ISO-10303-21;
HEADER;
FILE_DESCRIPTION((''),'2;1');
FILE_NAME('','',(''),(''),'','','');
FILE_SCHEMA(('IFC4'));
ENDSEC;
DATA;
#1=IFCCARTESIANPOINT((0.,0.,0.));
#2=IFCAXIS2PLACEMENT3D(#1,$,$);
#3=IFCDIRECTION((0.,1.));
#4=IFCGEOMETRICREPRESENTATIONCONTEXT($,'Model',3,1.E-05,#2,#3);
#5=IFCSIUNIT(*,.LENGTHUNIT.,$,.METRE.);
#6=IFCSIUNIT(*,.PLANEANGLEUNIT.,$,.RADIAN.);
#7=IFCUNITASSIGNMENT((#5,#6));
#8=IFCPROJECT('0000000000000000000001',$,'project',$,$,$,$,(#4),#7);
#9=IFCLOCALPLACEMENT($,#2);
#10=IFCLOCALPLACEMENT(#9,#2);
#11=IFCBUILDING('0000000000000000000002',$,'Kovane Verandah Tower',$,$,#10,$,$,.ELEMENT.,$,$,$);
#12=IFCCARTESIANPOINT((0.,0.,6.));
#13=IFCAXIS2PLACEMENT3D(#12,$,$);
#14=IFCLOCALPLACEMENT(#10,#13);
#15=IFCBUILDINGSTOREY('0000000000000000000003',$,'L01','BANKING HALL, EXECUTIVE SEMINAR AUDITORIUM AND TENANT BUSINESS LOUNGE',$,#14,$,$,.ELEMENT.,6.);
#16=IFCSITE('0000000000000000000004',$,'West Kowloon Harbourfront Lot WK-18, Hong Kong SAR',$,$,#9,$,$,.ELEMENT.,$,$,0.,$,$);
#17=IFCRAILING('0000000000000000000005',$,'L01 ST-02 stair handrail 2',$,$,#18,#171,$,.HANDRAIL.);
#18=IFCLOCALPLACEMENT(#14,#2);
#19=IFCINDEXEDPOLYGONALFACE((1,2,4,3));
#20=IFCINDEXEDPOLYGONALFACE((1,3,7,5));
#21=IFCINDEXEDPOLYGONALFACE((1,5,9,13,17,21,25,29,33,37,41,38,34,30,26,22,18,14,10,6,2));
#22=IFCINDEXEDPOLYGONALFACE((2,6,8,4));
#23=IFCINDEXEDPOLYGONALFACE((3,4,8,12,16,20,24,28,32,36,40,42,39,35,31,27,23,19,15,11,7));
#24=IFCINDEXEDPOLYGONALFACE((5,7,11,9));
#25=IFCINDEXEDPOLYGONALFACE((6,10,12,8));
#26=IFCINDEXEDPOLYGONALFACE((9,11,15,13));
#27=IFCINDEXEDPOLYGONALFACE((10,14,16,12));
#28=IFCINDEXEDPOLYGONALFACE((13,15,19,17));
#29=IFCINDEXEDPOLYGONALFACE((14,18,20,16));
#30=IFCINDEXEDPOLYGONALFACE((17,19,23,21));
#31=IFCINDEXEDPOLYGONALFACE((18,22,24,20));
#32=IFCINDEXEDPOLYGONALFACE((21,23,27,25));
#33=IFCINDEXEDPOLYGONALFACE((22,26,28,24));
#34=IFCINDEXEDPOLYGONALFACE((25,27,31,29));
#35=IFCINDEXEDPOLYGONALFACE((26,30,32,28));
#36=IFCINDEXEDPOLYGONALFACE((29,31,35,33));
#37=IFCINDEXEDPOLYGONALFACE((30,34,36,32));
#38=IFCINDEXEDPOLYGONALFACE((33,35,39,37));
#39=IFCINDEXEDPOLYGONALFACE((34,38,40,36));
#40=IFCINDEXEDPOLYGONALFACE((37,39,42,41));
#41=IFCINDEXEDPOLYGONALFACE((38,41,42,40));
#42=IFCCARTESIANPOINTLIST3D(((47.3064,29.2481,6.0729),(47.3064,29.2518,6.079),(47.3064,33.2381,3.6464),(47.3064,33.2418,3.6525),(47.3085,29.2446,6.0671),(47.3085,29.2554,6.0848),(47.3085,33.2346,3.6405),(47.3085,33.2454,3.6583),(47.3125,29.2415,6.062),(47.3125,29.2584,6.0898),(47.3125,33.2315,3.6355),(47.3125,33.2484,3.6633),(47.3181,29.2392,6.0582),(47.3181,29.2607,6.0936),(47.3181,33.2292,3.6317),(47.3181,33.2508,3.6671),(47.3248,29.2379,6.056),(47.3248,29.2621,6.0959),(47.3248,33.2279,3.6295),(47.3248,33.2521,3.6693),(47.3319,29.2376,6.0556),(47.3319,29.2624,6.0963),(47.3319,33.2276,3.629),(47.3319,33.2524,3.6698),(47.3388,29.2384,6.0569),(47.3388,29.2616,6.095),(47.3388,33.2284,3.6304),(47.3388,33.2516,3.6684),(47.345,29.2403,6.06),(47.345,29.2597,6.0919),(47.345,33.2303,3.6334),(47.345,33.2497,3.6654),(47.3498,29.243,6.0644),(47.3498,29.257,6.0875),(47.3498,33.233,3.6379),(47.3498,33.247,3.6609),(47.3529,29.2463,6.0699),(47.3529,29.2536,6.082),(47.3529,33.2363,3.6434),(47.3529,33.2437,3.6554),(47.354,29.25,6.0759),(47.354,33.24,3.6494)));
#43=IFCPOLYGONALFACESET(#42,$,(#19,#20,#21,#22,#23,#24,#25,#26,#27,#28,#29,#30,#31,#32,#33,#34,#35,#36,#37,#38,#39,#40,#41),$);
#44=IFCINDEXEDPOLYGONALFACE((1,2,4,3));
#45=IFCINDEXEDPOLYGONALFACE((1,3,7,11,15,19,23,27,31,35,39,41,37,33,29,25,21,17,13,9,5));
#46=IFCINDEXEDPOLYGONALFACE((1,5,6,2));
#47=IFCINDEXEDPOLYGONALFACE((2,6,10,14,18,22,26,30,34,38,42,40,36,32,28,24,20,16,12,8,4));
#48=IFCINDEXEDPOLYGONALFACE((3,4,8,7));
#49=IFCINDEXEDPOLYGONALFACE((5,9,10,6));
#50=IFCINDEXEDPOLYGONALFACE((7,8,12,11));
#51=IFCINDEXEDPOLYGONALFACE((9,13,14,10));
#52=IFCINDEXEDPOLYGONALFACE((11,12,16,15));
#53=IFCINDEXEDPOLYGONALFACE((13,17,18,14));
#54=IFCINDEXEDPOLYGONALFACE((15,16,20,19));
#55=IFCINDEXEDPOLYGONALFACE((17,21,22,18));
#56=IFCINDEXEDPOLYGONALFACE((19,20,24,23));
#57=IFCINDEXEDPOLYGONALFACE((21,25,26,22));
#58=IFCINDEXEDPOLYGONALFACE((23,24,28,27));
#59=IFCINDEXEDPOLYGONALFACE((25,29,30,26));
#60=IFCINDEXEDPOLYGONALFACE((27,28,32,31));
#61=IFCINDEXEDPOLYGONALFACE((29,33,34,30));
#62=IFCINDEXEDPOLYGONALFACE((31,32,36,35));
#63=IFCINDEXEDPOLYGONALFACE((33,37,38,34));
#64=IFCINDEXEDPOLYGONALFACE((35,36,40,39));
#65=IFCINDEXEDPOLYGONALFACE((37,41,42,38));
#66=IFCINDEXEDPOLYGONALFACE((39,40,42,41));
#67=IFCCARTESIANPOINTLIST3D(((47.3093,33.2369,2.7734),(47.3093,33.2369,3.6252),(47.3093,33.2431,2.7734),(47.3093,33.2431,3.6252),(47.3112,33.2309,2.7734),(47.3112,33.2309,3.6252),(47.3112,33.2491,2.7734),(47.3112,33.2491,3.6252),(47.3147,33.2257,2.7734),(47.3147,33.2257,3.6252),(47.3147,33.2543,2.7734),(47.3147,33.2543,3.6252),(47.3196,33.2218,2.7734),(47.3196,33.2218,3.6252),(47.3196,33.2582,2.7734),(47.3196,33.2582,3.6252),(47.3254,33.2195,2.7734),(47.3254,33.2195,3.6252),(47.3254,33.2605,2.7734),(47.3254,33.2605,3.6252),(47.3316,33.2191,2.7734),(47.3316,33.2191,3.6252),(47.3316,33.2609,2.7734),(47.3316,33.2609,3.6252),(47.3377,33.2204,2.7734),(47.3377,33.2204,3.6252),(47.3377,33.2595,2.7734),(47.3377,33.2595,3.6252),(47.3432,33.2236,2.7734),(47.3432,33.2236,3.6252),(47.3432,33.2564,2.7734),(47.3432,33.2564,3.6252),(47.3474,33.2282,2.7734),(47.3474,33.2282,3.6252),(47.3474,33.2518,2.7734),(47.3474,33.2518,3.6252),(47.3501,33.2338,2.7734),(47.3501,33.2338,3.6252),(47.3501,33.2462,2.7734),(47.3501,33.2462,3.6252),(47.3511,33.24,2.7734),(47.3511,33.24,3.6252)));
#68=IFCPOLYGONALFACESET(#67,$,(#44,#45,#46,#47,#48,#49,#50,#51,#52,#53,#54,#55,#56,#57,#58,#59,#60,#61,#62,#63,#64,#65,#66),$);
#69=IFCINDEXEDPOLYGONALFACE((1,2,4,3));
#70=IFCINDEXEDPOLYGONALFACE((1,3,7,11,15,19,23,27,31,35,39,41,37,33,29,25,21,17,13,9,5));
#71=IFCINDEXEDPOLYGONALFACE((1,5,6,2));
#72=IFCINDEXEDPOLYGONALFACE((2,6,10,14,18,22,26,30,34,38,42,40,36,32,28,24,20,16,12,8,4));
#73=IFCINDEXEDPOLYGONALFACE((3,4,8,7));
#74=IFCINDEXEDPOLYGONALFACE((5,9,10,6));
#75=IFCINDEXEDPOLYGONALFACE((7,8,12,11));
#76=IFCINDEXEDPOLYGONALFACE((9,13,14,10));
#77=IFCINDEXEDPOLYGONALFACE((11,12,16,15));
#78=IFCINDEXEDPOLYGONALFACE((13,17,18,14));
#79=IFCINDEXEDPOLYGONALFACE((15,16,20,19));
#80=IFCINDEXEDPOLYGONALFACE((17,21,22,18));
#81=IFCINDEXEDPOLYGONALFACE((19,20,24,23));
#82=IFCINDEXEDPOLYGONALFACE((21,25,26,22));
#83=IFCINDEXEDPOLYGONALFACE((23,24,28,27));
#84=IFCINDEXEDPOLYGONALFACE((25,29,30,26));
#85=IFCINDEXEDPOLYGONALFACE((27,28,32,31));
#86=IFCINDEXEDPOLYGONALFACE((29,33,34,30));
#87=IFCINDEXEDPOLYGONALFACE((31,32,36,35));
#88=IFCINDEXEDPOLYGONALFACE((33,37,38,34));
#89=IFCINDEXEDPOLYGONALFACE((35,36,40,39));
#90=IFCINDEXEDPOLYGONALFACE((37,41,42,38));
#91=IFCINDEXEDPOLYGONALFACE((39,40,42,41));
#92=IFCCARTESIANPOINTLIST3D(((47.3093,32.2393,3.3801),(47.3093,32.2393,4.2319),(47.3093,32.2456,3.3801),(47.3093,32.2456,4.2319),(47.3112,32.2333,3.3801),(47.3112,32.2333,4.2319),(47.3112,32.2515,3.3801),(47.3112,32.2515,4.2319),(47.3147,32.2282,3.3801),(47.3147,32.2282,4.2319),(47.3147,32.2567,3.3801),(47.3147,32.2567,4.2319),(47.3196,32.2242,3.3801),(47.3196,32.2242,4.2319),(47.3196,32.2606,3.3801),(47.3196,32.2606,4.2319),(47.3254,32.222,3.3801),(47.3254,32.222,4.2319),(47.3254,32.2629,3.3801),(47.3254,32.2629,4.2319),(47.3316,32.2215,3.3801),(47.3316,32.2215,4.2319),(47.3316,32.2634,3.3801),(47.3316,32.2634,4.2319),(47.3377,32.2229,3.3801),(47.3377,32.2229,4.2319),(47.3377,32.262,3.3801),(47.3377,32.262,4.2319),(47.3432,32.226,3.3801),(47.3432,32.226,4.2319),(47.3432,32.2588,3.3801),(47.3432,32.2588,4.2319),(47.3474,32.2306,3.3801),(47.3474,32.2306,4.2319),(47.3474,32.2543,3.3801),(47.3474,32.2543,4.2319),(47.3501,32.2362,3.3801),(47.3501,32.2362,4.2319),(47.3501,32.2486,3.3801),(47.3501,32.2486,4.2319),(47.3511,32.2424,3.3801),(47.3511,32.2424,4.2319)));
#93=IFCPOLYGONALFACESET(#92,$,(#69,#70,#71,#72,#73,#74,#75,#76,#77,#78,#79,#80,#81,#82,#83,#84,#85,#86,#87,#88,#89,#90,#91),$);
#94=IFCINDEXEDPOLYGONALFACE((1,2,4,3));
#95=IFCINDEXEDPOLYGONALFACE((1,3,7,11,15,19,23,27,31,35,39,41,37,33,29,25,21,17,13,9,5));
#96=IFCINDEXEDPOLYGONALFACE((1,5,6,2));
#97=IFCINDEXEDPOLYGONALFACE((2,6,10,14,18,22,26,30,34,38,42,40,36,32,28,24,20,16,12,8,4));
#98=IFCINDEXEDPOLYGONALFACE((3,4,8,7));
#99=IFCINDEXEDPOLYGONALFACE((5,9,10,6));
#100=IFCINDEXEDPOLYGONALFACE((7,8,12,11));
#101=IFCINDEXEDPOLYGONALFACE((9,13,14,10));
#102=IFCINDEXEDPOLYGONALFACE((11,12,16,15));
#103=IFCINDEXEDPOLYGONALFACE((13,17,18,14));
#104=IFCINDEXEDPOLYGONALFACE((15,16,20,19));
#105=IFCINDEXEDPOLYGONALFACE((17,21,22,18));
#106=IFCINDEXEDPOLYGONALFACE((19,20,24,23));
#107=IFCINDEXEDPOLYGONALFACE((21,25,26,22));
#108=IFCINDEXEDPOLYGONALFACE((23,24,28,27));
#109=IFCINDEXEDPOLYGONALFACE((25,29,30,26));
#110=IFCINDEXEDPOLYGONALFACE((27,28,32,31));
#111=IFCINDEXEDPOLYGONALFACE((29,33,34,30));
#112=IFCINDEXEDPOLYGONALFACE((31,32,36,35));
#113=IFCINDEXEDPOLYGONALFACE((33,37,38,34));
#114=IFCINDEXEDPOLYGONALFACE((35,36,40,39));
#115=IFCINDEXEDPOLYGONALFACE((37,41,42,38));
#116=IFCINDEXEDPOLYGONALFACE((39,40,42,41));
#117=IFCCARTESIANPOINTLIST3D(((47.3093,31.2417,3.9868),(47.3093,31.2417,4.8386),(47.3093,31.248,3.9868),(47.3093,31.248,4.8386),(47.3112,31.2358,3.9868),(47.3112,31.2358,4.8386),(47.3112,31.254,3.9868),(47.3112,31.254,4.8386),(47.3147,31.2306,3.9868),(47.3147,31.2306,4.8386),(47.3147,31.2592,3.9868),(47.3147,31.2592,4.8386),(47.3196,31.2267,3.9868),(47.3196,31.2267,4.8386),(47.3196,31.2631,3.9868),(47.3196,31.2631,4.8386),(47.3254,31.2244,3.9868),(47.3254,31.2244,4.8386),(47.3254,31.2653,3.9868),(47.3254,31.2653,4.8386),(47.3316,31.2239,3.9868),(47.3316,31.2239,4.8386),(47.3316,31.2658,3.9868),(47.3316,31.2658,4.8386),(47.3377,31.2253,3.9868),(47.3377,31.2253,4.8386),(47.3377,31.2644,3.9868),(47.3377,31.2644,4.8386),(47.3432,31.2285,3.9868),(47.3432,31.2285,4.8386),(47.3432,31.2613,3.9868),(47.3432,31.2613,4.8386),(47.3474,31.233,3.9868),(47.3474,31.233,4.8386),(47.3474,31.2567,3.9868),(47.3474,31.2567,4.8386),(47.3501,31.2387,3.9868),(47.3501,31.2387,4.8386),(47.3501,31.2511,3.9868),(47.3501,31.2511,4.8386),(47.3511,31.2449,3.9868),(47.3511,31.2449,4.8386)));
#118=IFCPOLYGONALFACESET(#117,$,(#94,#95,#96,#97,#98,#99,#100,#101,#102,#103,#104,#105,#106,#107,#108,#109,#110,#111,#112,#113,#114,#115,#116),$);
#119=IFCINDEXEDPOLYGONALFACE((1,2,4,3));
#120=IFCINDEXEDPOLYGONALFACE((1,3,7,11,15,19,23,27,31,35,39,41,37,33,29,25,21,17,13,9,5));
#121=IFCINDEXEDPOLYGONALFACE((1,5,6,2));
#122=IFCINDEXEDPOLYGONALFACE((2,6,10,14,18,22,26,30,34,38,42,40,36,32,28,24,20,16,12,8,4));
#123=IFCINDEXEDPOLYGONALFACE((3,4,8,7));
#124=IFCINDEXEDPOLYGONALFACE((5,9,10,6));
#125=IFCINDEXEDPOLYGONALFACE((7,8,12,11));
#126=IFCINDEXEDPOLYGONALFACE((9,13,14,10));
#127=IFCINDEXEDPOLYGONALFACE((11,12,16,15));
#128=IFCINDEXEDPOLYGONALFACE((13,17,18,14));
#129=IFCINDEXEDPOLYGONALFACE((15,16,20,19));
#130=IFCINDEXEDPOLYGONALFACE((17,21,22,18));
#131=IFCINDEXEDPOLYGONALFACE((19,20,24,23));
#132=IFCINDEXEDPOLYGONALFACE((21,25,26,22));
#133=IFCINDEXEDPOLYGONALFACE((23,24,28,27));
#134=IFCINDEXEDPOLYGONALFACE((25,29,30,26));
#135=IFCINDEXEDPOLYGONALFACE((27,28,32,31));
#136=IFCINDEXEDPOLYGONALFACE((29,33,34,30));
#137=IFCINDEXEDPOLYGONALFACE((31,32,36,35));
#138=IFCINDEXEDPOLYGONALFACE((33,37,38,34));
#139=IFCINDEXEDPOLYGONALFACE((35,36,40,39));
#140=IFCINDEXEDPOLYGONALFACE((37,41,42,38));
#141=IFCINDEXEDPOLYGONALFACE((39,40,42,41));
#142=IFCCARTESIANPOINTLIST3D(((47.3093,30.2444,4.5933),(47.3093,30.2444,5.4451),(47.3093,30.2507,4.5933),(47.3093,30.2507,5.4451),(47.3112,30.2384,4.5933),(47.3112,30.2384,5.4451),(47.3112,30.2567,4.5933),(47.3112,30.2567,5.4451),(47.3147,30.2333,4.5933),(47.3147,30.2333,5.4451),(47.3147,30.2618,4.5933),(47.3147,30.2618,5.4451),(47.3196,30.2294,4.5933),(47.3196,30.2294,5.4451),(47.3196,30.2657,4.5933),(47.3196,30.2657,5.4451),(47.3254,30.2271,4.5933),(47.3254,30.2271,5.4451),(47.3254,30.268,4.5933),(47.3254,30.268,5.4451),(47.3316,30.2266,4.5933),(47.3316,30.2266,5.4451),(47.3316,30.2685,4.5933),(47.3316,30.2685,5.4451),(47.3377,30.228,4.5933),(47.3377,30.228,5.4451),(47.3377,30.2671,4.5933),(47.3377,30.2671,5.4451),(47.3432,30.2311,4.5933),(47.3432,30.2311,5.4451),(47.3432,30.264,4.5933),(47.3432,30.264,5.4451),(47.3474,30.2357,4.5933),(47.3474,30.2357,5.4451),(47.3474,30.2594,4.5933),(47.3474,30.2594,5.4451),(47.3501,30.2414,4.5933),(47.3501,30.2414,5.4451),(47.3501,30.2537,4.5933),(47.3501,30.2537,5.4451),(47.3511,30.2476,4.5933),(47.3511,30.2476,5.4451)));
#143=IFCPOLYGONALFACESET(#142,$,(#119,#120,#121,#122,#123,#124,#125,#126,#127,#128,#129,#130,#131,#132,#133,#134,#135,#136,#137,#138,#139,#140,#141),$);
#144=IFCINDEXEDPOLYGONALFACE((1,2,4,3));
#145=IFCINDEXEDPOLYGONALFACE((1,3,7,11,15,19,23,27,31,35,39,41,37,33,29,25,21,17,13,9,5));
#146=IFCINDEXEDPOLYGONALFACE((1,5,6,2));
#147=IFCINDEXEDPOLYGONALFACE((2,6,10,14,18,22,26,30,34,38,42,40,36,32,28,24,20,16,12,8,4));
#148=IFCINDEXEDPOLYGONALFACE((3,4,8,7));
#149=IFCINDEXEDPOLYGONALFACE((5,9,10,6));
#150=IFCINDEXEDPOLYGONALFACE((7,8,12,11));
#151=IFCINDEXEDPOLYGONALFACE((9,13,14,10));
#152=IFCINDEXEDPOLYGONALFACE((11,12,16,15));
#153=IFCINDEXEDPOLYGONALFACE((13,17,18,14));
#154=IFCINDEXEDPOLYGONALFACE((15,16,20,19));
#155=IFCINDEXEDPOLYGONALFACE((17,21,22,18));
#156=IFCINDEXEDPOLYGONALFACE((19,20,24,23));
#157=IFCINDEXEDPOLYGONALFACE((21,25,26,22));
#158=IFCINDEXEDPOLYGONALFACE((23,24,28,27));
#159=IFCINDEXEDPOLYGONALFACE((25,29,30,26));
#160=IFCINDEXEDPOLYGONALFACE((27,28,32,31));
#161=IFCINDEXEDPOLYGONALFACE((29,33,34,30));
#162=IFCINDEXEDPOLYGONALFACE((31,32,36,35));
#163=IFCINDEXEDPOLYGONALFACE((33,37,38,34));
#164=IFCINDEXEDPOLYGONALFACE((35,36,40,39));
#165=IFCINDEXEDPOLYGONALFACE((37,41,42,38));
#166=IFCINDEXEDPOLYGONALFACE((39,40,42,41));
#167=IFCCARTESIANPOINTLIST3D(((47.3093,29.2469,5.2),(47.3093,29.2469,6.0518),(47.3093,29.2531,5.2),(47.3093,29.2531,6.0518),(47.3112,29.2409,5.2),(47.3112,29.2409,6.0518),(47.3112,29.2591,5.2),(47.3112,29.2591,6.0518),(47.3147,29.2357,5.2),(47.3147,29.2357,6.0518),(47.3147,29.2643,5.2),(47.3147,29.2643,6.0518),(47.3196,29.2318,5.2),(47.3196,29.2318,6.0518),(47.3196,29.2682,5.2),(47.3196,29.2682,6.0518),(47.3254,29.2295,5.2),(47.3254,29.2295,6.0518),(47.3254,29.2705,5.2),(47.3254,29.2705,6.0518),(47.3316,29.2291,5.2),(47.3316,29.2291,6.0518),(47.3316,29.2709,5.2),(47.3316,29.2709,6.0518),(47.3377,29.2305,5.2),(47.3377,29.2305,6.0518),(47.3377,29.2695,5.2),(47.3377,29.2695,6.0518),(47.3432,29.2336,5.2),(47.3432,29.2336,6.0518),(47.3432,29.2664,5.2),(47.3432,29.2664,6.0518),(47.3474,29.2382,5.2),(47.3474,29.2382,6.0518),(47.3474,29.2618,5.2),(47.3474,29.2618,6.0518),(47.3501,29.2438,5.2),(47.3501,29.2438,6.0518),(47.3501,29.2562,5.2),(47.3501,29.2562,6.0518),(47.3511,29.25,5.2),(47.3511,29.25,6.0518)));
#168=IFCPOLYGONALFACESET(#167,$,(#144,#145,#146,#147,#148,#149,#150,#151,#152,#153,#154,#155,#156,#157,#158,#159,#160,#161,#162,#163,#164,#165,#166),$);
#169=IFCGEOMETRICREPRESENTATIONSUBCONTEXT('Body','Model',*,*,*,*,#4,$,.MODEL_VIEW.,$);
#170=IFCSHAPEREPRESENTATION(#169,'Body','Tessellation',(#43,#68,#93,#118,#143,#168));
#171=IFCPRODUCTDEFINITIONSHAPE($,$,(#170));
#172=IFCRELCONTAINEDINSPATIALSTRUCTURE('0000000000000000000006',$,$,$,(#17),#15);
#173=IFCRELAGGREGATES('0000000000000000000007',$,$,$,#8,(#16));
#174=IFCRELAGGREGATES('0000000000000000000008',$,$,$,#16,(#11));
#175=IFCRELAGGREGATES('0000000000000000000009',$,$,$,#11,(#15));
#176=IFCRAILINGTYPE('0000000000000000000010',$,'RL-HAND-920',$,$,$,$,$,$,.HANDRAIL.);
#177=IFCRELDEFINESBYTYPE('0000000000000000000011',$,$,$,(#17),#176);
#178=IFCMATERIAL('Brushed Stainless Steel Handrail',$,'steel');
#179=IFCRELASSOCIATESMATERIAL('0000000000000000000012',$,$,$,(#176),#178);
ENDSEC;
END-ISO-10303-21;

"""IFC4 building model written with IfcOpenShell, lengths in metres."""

from ifc_helpers import new_model, si_unit, direction, frame, origin, origin_2d, place, context, subcontext, project, spatial, circle, extrude, material, type_object, element, save


model = new_model("IFC4")

# Units and contexts
model_context = context("Model", 3, precision=1e-05, world=origin(), true_north=direction((0.0, 1.0)))
body_context = subcontext(model_context, "Body", "Model", "MODEL_VIEW")
ifc_project = project(units=[si_unit("LENGTHUNIT", "METRE"), si_unit("PLANEANGLEUNIT", "RADIAN")], contexts=[model_context])

# Site, building, storey
site_placement = place(None, origin())
site = spatial("IfcSite", under=ifc_project, at=site_placement, Name="West Kowloon Harbourfront Lot WK-18, Hong Kong SAR", CompositionType="ELEMENT", RefElevation=0.0)
building_placement = place(site_placement, origin())
building = spatial("IfcBuilding", under=site, at=building_placement, Name="Kovane Verandah Tower", CompositionType="ELEMENT")
storey_placement = place(building_placement, frame((0.0, 0.0, 6.0)))
storey = spatial("IfcBuildingStorey", under=building, at=storey_placement, Name="L01", Description="BANKING HALL, EXECUTIVE SEMINAR AUDITORIUM AND TENANT BUSINESS LOUNGE", CompositionType="ELEMENT", Elevation=6.0)

# Railing
ifc_material_1 = material(Name="Brushed Stainless Steel Handrail", Category="steel")
railing_type_1 = type_object("IfcRailingType", Name="RL-HAND-920", PredefinedType="HANDRAIL", material=ifc_material_1)
railing_1_placement = place(storey_placement, frame((47.3301, 33.24, 2.7734)))
element("IfcRailing", 1, at=railing_1_placement, inside=storey, type_object=railing_type_1, Name="L01 ST-02 stair handrail 2", PredefinedType="HANDRAIL", context=body_context, shape_type="SweptSolid", body=[
    extrude(circle(Radius=0.0239, at=origin_2d()), frame((0.0, 0.0, 0.876), z_axis=(0.0, -0.854405, 0.519607), x_axis=(1.0, 0.0, 0.0)), (0.0, 0.0, 1.0), 4.6699),
    extrude(circle(Radius=0.021, at=origin_2d()), origin(), (0.0, 0.0, 1.0), 0.8518),
    extrude(circle(Radius=0.021, at=origin_2d()), frame((0.0, -0.9976, 0.6067)), (0.0, 0.0, 1.0), 0.8518),
    extrude(circle(Radius=0.021, at=origin_2d()), frame((0.0, -1.9951, 1.2134)), (0.0, 0.0, 1.0), 0.8518),
    extrude(circle(Radius=0.021, at=origin_2d()), frame((0.0, -2.9924, 1.8198)), (0.0, 0.0, 1.0), 0.8518),
    extrude(circle(Radius=0.021, at=origin_2d()), frame((0.0, -3.99, 2.4265)), (0.0, 0.0, 1.0), 0.8518),
])

save(model, "model.ifc")
